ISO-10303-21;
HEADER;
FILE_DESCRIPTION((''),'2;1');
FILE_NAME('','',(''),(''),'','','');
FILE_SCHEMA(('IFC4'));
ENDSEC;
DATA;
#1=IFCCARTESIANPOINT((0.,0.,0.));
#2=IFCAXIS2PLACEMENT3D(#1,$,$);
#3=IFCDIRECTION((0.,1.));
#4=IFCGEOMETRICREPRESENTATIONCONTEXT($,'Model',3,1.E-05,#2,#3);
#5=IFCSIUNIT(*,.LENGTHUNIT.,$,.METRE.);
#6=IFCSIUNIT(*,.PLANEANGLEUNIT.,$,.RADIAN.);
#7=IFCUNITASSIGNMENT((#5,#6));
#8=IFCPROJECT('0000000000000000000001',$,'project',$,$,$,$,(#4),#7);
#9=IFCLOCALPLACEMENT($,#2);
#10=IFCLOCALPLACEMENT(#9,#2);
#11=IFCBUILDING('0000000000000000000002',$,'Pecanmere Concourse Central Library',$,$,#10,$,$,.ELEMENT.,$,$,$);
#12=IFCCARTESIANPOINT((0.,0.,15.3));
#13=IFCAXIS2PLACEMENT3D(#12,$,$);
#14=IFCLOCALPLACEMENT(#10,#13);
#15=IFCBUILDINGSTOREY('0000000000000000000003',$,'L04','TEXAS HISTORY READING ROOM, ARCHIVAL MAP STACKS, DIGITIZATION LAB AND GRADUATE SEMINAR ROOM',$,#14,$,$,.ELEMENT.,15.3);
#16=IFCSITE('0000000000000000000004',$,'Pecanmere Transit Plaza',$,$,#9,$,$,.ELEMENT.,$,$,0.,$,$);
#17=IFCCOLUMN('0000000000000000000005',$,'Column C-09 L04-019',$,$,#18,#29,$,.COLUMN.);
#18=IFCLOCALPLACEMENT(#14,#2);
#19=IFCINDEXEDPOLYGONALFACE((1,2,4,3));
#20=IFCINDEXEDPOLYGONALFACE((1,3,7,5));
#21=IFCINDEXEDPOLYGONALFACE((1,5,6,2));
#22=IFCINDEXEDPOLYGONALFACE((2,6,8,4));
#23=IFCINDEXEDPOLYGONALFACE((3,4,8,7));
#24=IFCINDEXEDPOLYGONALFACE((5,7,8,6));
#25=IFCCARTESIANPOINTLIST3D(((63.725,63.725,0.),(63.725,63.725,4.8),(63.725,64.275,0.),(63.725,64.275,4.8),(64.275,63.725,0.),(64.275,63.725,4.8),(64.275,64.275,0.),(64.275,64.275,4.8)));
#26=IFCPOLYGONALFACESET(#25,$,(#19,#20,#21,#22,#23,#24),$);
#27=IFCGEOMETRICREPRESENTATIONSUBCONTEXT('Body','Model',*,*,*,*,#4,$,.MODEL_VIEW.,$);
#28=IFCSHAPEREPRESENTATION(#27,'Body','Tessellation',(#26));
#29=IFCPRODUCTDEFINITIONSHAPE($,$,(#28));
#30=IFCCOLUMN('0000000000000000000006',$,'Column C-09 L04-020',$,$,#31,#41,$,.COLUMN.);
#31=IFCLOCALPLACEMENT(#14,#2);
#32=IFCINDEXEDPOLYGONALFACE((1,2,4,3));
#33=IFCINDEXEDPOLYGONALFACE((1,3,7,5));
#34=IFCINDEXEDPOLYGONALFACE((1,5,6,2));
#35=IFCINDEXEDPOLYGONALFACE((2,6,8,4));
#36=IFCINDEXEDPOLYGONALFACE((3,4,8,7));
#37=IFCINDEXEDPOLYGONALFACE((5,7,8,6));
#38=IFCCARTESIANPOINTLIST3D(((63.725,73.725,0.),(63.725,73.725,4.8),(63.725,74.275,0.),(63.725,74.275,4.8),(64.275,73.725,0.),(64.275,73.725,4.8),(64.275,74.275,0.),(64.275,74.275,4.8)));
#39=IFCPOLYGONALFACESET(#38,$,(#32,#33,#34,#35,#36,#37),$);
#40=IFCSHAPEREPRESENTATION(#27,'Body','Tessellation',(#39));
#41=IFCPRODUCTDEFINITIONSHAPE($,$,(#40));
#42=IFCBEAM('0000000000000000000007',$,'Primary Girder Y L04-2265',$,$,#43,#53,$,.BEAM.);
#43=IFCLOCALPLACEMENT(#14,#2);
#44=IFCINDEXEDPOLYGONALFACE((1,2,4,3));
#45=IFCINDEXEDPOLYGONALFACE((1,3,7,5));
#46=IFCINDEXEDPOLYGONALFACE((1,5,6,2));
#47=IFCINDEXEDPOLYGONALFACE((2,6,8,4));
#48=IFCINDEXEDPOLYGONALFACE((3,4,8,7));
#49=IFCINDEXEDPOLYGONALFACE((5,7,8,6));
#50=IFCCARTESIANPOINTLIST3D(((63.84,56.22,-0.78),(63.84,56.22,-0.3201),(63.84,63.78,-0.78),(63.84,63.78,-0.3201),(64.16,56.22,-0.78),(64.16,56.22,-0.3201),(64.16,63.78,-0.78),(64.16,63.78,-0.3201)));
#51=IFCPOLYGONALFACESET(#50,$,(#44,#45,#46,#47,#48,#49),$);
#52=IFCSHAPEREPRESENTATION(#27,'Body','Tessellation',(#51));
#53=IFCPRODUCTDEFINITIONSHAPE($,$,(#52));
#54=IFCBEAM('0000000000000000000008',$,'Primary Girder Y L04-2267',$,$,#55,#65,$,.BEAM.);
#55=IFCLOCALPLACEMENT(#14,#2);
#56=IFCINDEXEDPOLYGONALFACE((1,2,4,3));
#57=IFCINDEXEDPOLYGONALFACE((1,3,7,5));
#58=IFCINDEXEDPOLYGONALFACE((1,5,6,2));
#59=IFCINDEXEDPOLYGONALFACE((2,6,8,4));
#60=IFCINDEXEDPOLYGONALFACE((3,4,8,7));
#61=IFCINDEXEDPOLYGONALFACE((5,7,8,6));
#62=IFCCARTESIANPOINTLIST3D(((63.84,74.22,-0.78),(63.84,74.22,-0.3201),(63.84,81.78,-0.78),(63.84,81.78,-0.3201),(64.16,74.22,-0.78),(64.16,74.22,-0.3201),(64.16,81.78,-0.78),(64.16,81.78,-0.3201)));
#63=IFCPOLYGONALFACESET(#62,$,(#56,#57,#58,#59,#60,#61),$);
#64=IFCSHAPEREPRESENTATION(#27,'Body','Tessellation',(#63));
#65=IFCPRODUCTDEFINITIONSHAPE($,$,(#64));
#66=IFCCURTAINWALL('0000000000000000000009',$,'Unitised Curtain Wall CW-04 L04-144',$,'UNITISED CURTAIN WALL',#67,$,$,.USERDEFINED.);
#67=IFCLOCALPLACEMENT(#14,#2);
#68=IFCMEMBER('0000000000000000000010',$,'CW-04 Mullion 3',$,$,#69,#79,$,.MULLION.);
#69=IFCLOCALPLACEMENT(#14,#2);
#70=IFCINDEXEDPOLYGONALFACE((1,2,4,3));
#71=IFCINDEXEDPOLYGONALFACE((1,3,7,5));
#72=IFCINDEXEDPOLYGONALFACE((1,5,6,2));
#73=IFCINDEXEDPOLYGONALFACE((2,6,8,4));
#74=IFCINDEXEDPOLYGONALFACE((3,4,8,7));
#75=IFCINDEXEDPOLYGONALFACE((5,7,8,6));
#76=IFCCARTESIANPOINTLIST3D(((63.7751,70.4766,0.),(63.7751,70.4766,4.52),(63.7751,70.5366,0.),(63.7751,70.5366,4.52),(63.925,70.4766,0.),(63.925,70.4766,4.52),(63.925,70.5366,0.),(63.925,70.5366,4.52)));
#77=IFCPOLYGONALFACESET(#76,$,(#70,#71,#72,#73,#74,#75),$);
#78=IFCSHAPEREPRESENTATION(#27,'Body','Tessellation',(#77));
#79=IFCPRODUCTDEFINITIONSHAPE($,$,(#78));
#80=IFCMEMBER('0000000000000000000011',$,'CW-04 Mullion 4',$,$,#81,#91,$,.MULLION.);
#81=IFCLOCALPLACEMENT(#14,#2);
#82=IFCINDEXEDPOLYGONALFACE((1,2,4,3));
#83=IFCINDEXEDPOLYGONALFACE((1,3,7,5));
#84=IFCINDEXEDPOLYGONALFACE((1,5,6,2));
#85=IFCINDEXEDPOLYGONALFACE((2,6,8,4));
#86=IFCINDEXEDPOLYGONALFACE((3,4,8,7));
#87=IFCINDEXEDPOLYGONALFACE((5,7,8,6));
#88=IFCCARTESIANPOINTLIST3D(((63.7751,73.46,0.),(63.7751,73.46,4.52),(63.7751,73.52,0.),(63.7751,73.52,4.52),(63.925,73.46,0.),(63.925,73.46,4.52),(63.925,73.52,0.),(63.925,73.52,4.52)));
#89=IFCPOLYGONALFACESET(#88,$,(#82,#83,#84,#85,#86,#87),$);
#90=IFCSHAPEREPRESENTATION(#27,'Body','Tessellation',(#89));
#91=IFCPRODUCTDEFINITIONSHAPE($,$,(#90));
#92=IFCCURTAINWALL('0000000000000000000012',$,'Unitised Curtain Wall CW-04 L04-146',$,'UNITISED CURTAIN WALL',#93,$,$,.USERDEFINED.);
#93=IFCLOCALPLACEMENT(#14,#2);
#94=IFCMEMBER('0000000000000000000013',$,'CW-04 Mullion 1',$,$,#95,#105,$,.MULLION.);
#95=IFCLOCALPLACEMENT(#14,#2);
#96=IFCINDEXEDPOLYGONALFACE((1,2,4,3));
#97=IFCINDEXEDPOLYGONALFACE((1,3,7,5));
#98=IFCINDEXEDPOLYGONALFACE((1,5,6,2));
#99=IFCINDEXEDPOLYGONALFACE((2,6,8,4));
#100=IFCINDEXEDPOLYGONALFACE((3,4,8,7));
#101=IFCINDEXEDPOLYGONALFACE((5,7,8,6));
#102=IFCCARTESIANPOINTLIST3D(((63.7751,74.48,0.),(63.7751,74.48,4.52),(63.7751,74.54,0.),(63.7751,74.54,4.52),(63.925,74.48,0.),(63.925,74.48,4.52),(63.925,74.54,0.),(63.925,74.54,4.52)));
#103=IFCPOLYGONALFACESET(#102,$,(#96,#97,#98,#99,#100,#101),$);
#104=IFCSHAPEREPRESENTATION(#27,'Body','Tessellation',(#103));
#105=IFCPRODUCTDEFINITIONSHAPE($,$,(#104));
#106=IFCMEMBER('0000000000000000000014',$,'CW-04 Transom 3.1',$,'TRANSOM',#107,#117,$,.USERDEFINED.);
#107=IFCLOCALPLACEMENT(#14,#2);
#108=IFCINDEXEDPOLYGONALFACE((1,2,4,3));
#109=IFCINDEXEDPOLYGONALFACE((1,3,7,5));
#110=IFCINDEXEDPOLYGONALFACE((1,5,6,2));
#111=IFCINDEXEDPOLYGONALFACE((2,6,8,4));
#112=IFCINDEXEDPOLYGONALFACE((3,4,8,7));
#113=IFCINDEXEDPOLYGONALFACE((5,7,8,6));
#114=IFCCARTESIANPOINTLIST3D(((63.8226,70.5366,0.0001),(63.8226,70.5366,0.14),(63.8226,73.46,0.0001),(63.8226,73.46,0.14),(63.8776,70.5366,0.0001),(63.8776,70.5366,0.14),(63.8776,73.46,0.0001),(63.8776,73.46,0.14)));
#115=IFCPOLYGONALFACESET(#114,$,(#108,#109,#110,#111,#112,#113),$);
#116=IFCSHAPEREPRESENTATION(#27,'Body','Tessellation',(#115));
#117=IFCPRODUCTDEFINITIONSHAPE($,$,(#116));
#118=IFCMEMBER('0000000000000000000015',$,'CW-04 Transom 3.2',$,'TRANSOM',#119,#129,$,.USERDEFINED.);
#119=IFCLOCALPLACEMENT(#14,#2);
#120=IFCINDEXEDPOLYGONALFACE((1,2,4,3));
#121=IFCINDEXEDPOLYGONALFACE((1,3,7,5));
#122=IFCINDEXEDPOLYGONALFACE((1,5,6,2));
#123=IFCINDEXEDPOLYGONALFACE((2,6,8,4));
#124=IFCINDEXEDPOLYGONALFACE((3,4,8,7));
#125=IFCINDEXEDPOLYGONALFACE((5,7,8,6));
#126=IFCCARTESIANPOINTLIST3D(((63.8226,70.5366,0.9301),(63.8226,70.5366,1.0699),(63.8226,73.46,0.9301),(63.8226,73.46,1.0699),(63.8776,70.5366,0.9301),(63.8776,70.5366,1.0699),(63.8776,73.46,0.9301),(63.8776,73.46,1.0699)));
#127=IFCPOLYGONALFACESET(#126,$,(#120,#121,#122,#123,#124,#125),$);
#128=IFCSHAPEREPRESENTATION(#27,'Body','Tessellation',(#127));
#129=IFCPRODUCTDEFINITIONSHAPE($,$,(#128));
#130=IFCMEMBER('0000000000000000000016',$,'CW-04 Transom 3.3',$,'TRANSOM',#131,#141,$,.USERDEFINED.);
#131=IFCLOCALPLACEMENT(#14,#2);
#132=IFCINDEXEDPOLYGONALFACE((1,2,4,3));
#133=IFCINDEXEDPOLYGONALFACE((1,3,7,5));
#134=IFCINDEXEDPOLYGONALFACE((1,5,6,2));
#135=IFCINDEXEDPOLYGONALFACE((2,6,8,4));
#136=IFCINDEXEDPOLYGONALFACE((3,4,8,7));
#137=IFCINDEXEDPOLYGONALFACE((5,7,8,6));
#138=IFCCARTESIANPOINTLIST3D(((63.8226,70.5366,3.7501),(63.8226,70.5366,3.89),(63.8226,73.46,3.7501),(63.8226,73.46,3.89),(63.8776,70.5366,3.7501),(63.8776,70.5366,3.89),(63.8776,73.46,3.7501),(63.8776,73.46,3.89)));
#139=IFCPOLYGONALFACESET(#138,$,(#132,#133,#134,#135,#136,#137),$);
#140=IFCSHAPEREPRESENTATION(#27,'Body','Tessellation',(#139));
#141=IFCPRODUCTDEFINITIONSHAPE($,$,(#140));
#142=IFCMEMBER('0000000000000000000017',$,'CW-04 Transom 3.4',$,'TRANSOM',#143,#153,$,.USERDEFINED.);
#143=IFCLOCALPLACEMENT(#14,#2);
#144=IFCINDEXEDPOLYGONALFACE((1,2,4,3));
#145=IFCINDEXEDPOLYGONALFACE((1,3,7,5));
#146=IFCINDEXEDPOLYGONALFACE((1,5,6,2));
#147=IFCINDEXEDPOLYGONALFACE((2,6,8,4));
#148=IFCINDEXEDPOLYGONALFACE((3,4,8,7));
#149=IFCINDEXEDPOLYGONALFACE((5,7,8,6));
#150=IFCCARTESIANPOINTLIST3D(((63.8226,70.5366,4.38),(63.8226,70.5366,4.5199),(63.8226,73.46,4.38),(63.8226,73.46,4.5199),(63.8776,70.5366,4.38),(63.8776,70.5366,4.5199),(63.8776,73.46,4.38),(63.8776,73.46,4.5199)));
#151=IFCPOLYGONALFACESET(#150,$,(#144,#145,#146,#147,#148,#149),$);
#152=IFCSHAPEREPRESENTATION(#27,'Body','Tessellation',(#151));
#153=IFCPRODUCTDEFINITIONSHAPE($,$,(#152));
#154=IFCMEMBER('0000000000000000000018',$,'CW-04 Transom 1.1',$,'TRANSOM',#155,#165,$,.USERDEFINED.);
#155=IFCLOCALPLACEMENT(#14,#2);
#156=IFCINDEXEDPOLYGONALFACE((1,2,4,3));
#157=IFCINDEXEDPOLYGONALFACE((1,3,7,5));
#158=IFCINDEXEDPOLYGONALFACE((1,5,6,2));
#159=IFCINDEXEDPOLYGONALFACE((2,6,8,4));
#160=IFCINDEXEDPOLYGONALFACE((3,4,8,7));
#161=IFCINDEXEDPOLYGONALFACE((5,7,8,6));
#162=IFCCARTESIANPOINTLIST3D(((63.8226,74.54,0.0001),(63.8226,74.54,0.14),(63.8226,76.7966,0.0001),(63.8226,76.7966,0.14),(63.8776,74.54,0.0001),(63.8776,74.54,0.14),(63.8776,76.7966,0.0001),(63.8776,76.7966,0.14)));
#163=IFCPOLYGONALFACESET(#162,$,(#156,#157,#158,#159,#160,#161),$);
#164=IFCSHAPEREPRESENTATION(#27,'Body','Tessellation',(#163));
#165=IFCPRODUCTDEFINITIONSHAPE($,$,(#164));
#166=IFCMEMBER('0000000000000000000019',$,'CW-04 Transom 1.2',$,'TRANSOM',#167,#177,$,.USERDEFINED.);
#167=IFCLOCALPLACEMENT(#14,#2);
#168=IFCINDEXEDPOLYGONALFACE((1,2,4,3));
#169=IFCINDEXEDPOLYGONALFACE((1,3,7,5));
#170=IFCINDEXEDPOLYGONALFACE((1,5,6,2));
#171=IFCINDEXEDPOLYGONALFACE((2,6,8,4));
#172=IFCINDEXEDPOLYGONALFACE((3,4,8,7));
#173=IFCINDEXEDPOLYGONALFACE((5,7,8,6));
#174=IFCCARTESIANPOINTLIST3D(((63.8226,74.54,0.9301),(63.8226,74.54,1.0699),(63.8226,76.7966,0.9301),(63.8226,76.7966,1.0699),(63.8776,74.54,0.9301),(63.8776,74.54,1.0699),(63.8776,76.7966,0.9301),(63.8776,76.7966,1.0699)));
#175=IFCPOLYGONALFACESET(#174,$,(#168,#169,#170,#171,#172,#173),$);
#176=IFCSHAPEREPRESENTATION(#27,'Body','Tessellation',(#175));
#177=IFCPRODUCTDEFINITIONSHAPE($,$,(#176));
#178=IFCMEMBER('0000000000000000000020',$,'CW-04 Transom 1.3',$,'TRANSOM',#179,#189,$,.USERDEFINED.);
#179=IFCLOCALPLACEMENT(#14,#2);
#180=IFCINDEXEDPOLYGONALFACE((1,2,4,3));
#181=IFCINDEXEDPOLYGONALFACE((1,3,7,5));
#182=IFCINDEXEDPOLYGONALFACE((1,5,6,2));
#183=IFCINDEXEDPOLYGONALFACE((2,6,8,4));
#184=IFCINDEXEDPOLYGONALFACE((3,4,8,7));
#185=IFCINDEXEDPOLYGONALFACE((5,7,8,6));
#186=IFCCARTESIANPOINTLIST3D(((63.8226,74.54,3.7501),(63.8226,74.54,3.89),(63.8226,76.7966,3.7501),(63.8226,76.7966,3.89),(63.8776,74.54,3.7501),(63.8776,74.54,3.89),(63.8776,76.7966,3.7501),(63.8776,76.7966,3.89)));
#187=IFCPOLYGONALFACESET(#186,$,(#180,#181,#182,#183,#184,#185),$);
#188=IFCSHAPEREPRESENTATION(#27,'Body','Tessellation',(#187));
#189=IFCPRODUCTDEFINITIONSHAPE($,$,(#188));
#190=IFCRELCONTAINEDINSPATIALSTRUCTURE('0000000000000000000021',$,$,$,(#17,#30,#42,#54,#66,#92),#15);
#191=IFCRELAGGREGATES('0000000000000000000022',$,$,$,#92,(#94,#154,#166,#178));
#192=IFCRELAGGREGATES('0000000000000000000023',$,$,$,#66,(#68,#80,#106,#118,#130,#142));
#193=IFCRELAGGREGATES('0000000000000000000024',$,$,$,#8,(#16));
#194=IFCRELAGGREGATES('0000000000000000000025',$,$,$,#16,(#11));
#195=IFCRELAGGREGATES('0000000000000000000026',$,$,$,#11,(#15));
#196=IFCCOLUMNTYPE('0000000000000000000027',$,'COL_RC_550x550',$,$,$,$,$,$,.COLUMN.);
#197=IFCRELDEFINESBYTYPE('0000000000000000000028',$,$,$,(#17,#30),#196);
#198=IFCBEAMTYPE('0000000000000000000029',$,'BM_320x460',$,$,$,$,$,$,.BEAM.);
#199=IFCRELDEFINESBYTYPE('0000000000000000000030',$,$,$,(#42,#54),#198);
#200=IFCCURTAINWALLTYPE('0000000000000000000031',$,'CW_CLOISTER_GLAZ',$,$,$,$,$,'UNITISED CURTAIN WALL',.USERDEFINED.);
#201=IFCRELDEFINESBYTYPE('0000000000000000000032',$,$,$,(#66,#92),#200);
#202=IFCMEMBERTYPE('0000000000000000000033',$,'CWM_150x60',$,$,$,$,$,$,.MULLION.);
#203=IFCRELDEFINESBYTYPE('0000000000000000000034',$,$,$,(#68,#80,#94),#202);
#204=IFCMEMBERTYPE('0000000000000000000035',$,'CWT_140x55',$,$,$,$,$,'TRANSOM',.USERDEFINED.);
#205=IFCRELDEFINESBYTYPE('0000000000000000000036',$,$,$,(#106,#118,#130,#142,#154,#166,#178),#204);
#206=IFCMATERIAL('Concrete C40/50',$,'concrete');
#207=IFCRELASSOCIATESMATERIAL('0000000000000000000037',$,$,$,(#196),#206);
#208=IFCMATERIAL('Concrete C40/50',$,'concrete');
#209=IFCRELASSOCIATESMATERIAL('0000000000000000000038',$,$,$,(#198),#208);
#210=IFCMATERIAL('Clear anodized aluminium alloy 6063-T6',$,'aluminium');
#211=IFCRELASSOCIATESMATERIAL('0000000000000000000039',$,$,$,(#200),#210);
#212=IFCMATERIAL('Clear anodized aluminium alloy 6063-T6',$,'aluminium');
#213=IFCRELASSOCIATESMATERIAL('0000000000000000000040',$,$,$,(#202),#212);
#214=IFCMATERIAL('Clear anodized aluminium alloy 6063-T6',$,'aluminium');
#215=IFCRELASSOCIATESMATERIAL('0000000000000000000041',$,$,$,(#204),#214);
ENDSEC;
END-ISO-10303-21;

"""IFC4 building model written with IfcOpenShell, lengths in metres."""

from ifc_helpers import new_model, si_unit, direction, frame, origin, origin_2d, place, context, subcontext, project, spatial, rectangle, extrude, material, material_profile, profile_set, type_object, element, aggregate, save


model = new_model("IFC4")

# Units and contexts
model_context = context("Model", 3, precision=1e-05, world=origin(), true_north=direction((0.0, 1.0)))
body_context = subcontext(model_context, "Body", "Model", "MODEL_VIEW")
ifc_project = project(units=[si_unit("LENGTHUNIT", "METRE"), si_unit("PLANEANGLEUNIT", "RADIAN")], contexts=[model_context])

# Site, building, storey
site_placement = place(None, origin())
site = spatial("IfcSite", under=ifc_project, at=site_placement, Name="Pecanmere Transit Plaza", CompositionType="ELEMENT", RefElevation=0.0)
building_placement = place(site_placement, origin())
building = spatial("IfcBuilding", under=site, at=building_placement, Name="Pecanmere Concourse Central Library", CompositionType="ELEMENT")
storey_placement = place(building_placement, frame((0.0, 0.0, 15.3)))
storey = spatial("IfcBuildingStorey", under=building, at=storey_placement, Name="L04", Description="TEXAS HISTORY READING ROOM, ARCHIVAL MAP STACKS, DIGITIZATION LAB AND GRADUATE SEMINAR ROOM", CompositionType="ELEMENT", Elevation=15.3)

# Columns
ifc_material_1 = material(Name="Concrete C40/50", Category="concrete")
ifc_material_profile_1 = material_profile(ifc_material_1, rectangle(XDim=0.55, YDim=0.55, at=origin_2d()), Name="RC 550x550")
ifc_profile_set_1 = profile_set([ifc_material_profile_1], Name="Concrete C40/50")
column_type = type_object("IfcColumnType", Name="COL_RC_550x550", PredefinedType="COLUMN", material=ifc_profile_set_1)
for number, where, z_axis, x_axis, name in (
    (1, (64.0, 64.0, 0.0), (0.0, 0.0, 1.0), (1.0, 0.0, 0.0), "Column C-09 L04-019"),
    (2, (64.0, 74.0, 0.0), (0.0, 0.0, 1.0), (1.0, 0.0, 0.0), "Column C-09 L04-020"),
):
    element("IfcColumn", number, at=place(storey_placement, frame(where, z_axis=z_axis, x_axis=x_axis)), inside=storey, type_object=column_type, Name=name, PredefinedType="COLUMN", context=body_context, shape_type="SweptSolid", body=[
        extrude(rectangle(XDim=0.55, YDim=0.55, at=origin_2d()), origin(), (0.0, 0.0, 1.0), 4.8),
    ])

# Beams
ifc_material_2 = material(Name="Concrete C40/50", Category="concrete")
ifc_material_profile_2 = material_profile(ifc_material_2, rectangle(XDim=0.3201, YDim=0.46, at=origin_2d()), Name="RC 320x460")
ifc_profile_set_2 = profile_set([ifc_material_profile_2], Name="Concrete C40/50")
beam_type_1 = type_object("IfcBeamType", Name="BM_320x460", PredefinedType="BEAM", material=ifc_profile_set_2)
for number, where, z_axis, x_axis, name in (
    (3, (64.0, 56.22, -0.55), (0.0, 1.0, 0.0), (-1.0, 0.0, 0.0), "Primary Girder Y L04-2265"),
    (4, (64.0, 74.22, -0.55), (0.0, 1.0, 0.0), (-1.0, 0.0, 0.0), "Primary Girder Y L04-2267"),
):
    element("IfcBeam", number, at=place(storey_placement, frame(where, z_axis=z_axis, x_axis=x_axis)), inside=storey, type_object=beam_type_1, Name=name, PredefinedType="BEAM", context=body_context, shape_type="SweptSolid", body=[
        extrude(rectangle(XDim=0.3201, YDim=0.46, at=origin_2d()), origin(), (0.0, 0.0, 1.0), 7.5601),
    ])

# Curtain wall, members
ifc_material_3 = material(Name="Clear anodized aluminium alloy 6063-T6", Category="aluminium")
curtain_wall_type = type_object("IfcCurtainWallType", Name="CW_CLOISTER_GLAZ", ElementType="UNITISED CURTAIN WALL", PredefinedType="USERDEFINED", material=ifc_material_3)
curtain_wall_1_placement = place(storey_placement, origin())
curtain_wall_1 = element("IfcCurtainWall", 5, at=curtain_wall_1_placement, inside=storey, type_object=curtain_wall_type, Name="Unitised Curtain Wall CW-04 L04-144", ObjectType="UNITISED CURTAIN WALL", PredefinedType="USERDEFINED")
ifc_material_4 = material(Name="Clear anodized aluminium alloy 6063-T6", Category="aluminium")
ifc_material_profile_3 = material_profile(ifc_material_4, rectangle(XDim=0.0601, YDim=0.1499, at=origin_2d()), Name="AL 60x150")
ifc_profile_set_3 = profile_set([ifc_material_profile_3], Name="Clear anodized aluminium alloy 6063-T6")
member_type_1 = type_object("IfcMemberType", Name="CWM_150x60", PredefinedType="MULLION", material=ifc_profile_set_3)
member_1_placement = place(storey_placement, frame((63.8501, 70.5066, 0.0), z_axis=(0.0, 0.0, 1.0), x_axis=(0.0, 1.0, 0.0)))
member_1 = element("IfcMember", 6, at=member_1_placement, type_object=member_type_1, Name="CW-04 Mullion 3", PredefinedType="MULLION", context=body_context, shape_type="SweptSolid", body=[
    extrude(rectangle(XDim=0.0601, YDim=0.1499, at=origin_2d()), origin(), (0.0, 0.0, 1.0), 4.52),
])
member_2_placement = place(storey_placement, frame((63.8501, 73.49, 0.0), z_axis=(0.0, 0.0, 1.0), x_axis=(0.0, 1.0, 0.0)))
member_2 = element("IfcMember", 7, at=member_2_placement, type_object=member_type_1, Name="CW-04 Mullion 4", PredefinedType="MULLION", context=body_context, shape_type="SweptSolid", body=[
    extrude(rectangle(XDim=0.0601, YDim=0.1499, at=origin_2d()), origin(), (0.0, 0.0, 1.0), 4.52),
])

# Curtain wall, member
curtain_wall_2_placement = place(storey_placement, origin())
curtain_wall_2 = element("IfcCurtainWall", 8, at=curtain_wall_2_placement, inside=storey, type_object=curtain_wall_type, Name="Unitised Curtain Wall CW-04 L04-146", ObjectType="UNITISED CURTAIN WALL", PredefinedType="USERDEFINED")
member_3_placement = place(storey_placement, frame((63.8501, 74.51, 0.0), z_axis=(0.0, 0.0, 1.0), x_axis=(0.0, 1.0, 0.0)))
member_3 = element("IfcMember", 9, at=member_3_placement, type_object=member_type_1, Name="CW-04 Mullion 1", PredefinedType="MULLION", context=body_context, shape_type="SweptSolid", body=[
    extrude(rectangle(XDim=0.0601, YDim=0.1499, at=origin_2d()), origin(), (0.0, 0.0, 1.0), 4.52),
])

# Members
ifc_material_5 = material(Name="Clear anodized aluminium alloy 6063-T6", Category="aluminium")
ifc_material_profile_4 = material_profile(ifc_material_5, rectangle(XDim=0.0549, YDim=0.1399, at=origin_2d()), Name="AL 55x140")
ifc_profile_set_4 = profile_set([ifc_material_profile_4], Name="Clear anodized aluminium alloy 6063-T6")
member_type_2 = type_object("IfcMemberType", Name="CWT_140x55", ElementType="TRANSOM", PredefinedType="USERDEFINED", material=ifc_profile_set_4)
member_4_placement = place(storey_placement, frame((63.8501, 70.5366, 0.0701), z_axis=(0.0, 1.0, 0.0), x_axis=(-1.0, 0.0, 0.0)))
member_4 = element("IfcMember", 10, at=member_4_placement, type_object=member_type_2, Name="CW-04 Transom 3.1", ObjectType="TRANSOM", PredefinedType="USERDEFINED", context=body_context, shape_type="SweptSolid", body=[
    extrude(rectangle(XDim=0.0549, YDim=0.1399, at=origin_2d()), origin(), (0.0, 0.0, 1.0), 2.9233),
])
member_5_placement = place(storey_placement, frame((63.8501, 70.5366, 1.0), z_axis=(0.0, 1.0, 0.0), x_axis=(-1.0, 0.0, 0.0)))
member_5 = element("IfcMember", 11, at=member_5_placement, type_object=member_type_2, Name="CW-04 Transom 3.2", ObjectType="TRANSOM", PredefinedType="USERDEFINED", context=body_context, shape_type="SweptSolid", body=[
    extrude(rectangle(XDim=0.0549, YDim=0.1399, at=origin_2d()), origin(), (0.0, 0.0, 1.0), 2.9233),
])
member_6_placement = place(storey_placement, frame((63.8501, 70.5366, 3.8201), z_axis=(0.0, 1.0, 0.0), x_axis=(-1.0, 0.0, 0.0)))
member_6 = element("IfcMember", 12, at=member_6_placement, type_object=member_type_2, Name="CW-04 Transom 3.3", ObjectType="TRANSOM", PredefinedType="USERDEFINED", context=body_context, shape_type="SweptSolid", body=[
    extrude(rectangle(XDim=0.0549, YDim=0.1399, at=origin_2d()), origin(), (0.0, 0.0, 1.0), 2.9233),
])
member_7_placement = place(storey_placement, frame((63.8501, 70.5366, 4.45), z_axis=(0.0, 1.0, 0.0), x_axis=(-1.0, 0.0, 0.0)))
member_7 = element("IfcMember", 13, at=member_7_placement, type_object=member_type_2, Name="CW-04 Transom 3.4", ObjectType="TRANSOM", PredefinedType="USERDEFINED", context=body_context, shape_type="SweptSolid", body=[
    extrude(rectangle(XDim=0.0549, YDim=0.1399, at=origin_2d()), origin(), (0.0, 0.0, 1.0), 2.9233),
])
member_8_placement = place(storey_placement, frame((63.8501, 74.54, 0.0701), z_axis=(0.0, 1.0, 0.0), x_axis=(-1.0, 0.0, 0.0)))
member_8 = element("IfcMember", 14, at=member_8_placement, type_object=member_type_2, Name="CW-04 Transom 1.1", ObjectType="TRANSOM", PredefinedType="USERDEFINED", context=body_context, shape_type="SweptSolid", body=[
    extrude(rectangle(XDim=0.0549, YDim=0.1399, at=origin_2d()), origin(), (0.0, 0.0, 1.0), 2.2566),
])
member_9_placement = place(storey_placement, frame((63.8501, 74.54, 1.0), z_axis=(0.0, 1.0, 0.0), x_axis=(-1.0, 0.0, 0.0)))
member_9 = element("IfcMember", 15, at=member_9_placement, type_object=member_type_2, Name="CW-04 Transom 1.2", ObjectType="TRANSOM", PredefinedType="USERDEFINED", context=body_context, shape_type="SweptSolid", body=[
    extrude(rectangle(XDim=0.0549, YDim=0.1399, at=origin_2d()), origin(), (0.0, 0.0, 1.0), 2.2566),
])
member_10_placement = place(storey_placement, frame((63.8501, 74.54, 3.8201), z_axis=(0.0, 1.0, 0.0), x_axis=(-1.0, 0.0, 0.0)))
member_10 = element("IfcMember", 16, at=member_10_placement, type_object=member_type_2, Name="CW-04 Transom 1.3", ObjectType="TRANSOM", PredefinedType="USERDEFINED", context=body_context, shape_type="SweptSolid", body=[
    extrude(rectangle(XDim=0.0549, YDim=0.1399, at=origin_2d()), origin(), (0.0, 0.0, 1.0), 2.2566),
])
aggregate(curtain_wall_2, [member_3, member_8, member_9, member_10])

aggregate(curtain_wall_1, [member_1, member_2, member_4, member_5, member_6, member_7])

save(model, "model.ifc")
